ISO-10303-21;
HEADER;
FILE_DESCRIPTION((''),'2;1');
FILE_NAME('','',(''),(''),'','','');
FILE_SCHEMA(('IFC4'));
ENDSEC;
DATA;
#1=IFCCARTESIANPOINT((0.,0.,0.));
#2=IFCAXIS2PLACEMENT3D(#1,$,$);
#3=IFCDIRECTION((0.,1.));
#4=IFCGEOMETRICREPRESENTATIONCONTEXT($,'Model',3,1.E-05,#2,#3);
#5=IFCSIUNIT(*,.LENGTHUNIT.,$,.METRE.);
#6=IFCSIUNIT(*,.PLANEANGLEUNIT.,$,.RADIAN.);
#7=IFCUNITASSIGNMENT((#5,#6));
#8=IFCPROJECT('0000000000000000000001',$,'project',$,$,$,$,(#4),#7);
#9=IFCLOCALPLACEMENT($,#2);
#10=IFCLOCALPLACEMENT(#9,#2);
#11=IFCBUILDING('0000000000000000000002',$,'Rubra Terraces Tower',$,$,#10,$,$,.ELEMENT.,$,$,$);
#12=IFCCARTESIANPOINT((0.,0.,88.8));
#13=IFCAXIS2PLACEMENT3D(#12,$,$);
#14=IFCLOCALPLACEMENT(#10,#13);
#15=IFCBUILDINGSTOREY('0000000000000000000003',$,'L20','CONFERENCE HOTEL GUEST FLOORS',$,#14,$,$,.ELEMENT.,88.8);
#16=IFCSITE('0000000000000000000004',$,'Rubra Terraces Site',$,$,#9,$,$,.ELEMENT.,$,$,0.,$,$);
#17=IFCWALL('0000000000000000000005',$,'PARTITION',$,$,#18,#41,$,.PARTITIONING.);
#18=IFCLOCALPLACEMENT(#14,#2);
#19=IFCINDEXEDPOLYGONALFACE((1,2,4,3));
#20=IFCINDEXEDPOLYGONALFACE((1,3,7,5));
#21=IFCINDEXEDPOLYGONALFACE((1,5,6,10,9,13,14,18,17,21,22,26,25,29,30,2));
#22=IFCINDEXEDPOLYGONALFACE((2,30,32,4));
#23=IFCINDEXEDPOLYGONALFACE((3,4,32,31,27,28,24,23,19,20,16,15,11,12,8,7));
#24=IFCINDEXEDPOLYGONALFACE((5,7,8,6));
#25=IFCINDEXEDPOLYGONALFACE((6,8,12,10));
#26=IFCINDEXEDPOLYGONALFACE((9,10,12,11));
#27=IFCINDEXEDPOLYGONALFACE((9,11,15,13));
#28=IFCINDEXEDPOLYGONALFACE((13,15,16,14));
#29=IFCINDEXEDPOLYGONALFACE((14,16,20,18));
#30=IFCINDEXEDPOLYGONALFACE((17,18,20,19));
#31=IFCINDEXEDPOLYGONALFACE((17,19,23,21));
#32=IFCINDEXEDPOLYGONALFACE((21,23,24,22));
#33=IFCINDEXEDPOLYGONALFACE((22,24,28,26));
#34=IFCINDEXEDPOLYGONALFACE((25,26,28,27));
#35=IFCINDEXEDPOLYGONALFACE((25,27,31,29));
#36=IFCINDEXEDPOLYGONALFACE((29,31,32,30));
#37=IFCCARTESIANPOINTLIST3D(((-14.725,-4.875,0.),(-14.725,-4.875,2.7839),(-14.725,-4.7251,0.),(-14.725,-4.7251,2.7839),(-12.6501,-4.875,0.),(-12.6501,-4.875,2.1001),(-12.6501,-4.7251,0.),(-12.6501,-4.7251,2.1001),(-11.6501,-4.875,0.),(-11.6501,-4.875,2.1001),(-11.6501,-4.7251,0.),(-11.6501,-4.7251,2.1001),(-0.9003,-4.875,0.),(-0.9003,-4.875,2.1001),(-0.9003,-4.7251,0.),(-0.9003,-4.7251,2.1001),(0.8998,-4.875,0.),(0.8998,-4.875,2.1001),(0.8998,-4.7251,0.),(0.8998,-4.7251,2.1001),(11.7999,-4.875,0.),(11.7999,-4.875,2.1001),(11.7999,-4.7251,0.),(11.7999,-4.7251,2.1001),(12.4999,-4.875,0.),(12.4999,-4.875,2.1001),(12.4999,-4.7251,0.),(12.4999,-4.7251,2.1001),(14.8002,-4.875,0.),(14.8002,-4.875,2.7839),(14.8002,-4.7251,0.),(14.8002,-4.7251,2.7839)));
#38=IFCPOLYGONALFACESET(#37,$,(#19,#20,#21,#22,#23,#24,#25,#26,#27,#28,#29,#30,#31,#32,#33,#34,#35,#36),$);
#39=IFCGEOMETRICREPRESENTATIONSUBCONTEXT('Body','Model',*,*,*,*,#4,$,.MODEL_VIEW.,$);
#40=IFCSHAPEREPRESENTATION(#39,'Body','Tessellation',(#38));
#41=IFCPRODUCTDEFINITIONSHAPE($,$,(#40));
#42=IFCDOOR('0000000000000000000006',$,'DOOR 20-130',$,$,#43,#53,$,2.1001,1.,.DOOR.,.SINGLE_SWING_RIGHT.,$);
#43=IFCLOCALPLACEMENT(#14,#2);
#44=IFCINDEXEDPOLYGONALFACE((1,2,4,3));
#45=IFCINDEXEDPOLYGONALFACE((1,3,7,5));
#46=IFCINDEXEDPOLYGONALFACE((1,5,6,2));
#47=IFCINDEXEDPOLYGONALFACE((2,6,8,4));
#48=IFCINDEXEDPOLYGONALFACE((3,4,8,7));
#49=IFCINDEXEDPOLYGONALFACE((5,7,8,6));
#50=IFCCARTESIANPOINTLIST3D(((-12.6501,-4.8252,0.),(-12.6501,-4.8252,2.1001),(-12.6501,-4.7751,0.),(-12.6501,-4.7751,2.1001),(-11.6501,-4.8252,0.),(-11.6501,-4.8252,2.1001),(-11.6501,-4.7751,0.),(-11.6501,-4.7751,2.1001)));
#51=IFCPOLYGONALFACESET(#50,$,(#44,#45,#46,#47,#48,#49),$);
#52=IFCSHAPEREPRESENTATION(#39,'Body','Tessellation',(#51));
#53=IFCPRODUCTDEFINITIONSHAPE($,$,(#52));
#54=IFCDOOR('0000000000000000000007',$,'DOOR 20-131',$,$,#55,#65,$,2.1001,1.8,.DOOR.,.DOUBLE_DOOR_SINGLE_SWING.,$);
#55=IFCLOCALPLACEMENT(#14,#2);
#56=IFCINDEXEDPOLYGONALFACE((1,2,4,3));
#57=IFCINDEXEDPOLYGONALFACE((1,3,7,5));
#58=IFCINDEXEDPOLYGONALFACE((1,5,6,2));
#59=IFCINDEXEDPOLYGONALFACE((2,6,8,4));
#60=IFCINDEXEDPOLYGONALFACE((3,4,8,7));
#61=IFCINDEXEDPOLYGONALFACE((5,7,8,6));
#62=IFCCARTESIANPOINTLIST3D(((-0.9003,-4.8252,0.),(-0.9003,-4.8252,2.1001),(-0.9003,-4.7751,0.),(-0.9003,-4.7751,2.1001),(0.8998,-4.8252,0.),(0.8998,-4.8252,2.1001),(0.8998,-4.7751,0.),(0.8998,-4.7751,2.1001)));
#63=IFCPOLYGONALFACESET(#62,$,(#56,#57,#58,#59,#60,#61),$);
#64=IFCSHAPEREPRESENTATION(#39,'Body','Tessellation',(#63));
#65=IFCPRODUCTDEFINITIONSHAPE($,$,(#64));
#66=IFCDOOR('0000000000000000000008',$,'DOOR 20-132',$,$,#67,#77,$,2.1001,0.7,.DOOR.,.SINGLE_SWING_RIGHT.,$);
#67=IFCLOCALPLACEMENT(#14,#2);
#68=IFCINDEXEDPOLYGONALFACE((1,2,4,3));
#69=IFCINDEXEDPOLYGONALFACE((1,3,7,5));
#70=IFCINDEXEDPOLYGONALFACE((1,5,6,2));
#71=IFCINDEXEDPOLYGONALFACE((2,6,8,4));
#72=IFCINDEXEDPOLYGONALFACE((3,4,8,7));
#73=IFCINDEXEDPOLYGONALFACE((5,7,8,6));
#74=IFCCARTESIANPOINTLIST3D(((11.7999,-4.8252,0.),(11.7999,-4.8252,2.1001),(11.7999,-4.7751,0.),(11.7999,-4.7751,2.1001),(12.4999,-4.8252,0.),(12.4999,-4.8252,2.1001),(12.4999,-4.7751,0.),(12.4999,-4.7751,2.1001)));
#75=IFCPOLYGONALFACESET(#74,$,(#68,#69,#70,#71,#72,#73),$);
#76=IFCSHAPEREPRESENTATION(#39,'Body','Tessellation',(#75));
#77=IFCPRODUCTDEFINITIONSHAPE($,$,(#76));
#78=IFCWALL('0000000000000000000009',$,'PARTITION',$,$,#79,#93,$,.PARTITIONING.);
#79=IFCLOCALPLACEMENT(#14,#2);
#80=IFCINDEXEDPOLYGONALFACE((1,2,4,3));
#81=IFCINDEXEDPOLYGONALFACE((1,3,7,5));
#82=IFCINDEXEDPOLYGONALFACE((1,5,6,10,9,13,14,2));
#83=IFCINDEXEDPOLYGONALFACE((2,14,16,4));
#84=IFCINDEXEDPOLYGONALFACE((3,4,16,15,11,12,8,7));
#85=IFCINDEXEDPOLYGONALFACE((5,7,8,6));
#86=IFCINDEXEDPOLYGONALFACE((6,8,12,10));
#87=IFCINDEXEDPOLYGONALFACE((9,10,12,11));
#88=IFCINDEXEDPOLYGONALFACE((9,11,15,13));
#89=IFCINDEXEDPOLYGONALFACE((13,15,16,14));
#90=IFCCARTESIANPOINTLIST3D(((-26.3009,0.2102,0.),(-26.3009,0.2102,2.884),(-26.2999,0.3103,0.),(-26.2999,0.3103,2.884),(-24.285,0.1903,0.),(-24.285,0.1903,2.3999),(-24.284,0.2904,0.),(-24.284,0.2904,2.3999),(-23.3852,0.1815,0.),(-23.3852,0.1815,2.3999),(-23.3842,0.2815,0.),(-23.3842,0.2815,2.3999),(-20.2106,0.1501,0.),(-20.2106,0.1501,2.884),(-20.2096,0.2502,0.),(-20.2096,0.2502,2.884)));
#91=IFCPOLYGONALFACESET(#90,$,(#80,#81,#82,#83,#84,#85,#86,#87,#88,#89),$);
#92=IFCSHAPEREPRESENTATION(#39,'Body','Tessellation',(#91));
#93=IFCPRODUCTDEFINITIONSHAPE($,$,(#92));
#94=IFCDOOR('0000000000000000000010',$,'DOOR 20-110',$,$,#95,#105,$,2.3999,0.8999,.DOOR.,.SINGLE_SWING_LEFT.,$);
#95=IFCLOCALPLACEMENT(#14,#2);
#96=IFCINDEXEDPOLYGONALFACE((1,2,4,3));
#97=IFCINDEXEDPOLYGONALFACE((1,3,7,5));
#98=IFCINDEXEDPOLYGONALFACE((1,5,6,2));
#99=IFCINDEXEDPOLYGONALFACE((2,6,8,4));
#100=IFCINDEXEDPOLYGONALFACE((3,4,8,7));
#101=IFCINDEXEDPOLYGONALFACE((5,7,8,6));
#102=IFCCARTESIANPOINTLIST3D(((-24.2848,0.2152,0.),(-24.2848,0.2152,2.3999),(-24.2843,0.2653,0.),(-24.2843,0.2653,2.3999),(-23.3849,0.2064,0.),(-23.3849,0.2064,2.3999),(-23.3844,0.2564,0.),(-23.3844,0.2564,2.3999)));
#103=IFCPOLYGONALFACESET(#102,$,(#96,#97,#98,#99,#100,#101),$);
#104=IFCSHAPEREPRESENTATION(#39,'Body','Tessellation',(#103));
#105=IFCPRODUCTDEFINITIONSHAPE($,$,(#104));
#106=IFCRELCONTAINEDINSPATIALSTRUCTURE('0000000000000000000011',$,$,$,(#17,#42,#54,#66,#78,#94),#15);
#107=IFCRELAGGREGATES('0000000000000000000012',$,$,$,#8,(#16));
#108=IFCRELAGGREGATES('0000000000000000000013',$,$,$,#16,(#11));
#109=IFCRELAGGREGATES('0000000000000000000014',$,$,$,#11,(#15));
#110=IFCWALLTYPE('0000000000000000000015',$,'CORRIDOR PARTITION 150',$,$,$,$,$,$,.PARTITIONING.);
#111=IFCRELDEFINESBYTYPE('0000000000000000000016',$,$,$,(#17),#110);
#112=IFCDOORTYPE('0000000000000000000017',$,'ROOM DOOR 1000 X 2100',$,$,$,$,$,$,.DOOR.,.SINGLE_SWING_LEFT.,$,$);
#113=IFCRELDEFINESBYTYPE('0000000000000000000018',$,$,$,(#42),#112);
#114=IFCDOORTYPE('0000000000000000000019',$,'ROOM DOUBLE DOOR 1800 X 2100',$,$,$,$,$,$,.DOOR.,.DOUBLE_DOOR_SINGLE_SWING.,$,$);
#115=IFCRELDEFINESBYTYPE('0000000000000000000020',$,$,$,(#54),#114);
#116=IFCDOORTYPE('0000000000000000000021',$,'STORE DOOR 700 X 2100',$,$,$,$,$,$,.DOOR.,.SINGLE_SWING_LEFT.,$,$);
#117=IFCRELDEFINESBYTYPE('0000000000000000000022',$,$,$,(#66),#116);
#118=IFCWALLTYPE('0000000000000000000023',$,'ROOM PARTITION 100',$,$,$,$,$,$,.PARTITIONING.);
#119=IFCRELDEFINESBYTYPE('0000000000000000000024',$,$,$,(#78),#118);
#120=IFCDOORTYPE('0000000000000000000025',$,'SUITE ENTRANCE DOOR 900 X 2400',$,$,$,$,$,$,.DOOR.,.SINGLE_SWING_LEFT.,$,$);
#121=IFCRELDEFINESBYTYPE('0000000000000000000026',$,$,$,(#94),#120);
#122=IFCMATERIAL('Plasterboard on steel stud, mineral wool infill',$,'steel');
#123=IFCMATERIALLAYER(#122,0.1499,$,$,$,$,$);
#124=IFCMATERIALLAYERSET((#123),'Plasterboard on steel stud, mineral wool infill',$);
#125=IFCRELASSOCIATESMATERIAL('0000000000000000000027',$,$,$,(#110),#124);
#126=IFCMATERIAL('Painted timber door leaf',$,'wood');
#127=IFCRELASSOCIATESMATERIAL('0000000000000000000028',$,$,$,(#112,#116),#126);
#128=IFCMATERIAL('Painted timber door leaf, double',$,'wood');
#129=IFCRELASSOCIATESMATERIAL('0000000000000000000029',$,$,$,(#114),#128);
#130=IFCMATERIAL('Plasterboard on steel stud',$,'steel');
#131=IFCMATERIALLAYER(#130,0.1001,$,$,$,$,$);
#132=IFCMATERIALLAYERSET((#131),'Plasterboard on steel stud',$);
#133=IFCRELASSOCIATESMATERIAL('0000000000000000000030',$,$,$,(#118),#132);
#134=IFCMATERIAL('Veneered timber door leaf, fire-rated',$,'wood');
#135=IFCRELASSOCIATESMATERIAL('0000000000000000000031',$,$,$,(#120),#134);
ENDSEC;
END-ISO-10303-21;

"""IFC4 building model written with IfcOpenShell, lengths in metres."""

from ifc_helpers import new_model, si_unit, direction, frame, frame_2d, origin, place, context, subcontext, project, spatial, rectangle, extrude, material, layer, layer_set, type_object, element, fill, save


model = new_model("IFC4")

# Units and contexts
model_context = context("Model", 3, precision=1e-05, world=origin(), true_north=direction((0.0, 1.0)))
body_context = subcontext(model_context, "Body", "Model", "MODEL_VIEW")
ifc_project = project(units=[si_unit("LENGTHUNIT", "METRE"), si_unit("PLANEANGLEUNIT", "RADIAN")], contexts=[model_context])

# Site, building, storey
site_placement = place(None, origin())
site = spatial("IfcSite", under=ifc_project, at=site_placement, Name="Rubra Terraces Site", CompositionType="ELEMENT", RefElevation=0.0)
building_placement = place(site_placement, origin())
building = spatial("IfcBuilding", under=site, at=building_placement, Name="Rubra Terraces Tower", CompositionType="ELEMENT")
storey_placement = place(building_placement, frame((0.0, 0.0, 88.8)))
storey = spatial("IfcBuildingStorey", under=building, at=storey_placement, Name="L20", Description="CONFERENCE HOTEL GUEST FLOORS", CompositionType="ELEMENT", Elevation=88.8)

# Shared definitions
ifc_material_1 = material(Name="Plasterboard on steel stud, mineral wool infill", Category="steel")
ifc_layer_1 = layer(ifc_material_1, 0.1499)
ifc_layer_set_1 = layer_set([ifc_layer_1], Name="Plasterboard on steel stud, mineral wool infill")
wall_type_1 = type_object("IfcWallType", Name="CORRIDOR PARTITION 150", PredefinedType="PARTITIONING", material=ifc_layer_set_1)
ifc_material_2 = material(Name="Painted timber door leaf", Category="wood")
door_type_1 = type_object("IfcDoorType", Name="ROOM DOOR 1000 X 2100", OperationType="SINGLE_SWING_LEFT", PredefinedType="DOOR", material=ifc_material_2)

# Wall, openings, doors
wall_1_placement = place(storey_placement, frame((-14.7251, -4.8, 0.0), z_axis=(0.0, 0.0, 1.0), x_axis=(1.0, 0.0, 0.0)))
wall_1 = element("IfcWall", 1, at=wall_1_placement, inside=storey, type_object=wall_type_1, Name="PARTITION", PredefinedType="PARTITIONING", context=body_context, shape_type="SweptSolid", body=[
    extrude(rectangle(XDim=29.5251, YDim=0.1499, at=frame_2d((14.7627, 0.0))), origin(), (0.0, 0.0, 1.0), 2.7839),
])
opening_1_placement = place(wall_1_placement, frame((2.075, 0.0, 0.0)))
opening_1 = element("IfcOpeningElement", 2, at=opening_1_placement, cuts=wall_1, PredefinedType="OPENING", context=body_context, shape_type="SweptSolid", body=[
    extrude(rectangle(XDim=1.0, YDim=2.1001, at=frame_2d((0.5, 1.05))), frame((0.0, 0.085, 0.0), z_axis=(0.0, -1.0, 0.0), x_axis=(1.0, 0.0, 0.0)), (0.0, 0.0, 1.0), 0.1699),
])
opening_2_placement = place(wall_1_placement, frame((13.825, 0.0, 0.0)))
opening_2 = element("IfcOpeningElement", 3, at=opening_2_placement, cuts=wall_1, PredefinedType="OPENING", context=body_context, shape_type="SweptSolid", body=[
    extrude(rectangle(XDim=1.8, YDim=2.1001, at=frame_2d((0.8999, 1.05))), frame((0.0, 0.085, 0.0), z_axis=(0.0, -1.0, 0.0), x_axis=(1.0, 0.0, 0.0)), (0.0, 0.0, 1.0), 0.1699),
])
opening_3_placement = place(wall_1_placement, frame((26.5249, 0.0, 0.0)))
opening_3 = element("IfcOpeningElement", 4, at=opening_3_placement, cuts=wall_1, PredefinedType="OPENING", context=body_context, shape_type="SweptSolid", body=[
    extrude(rectangle(XDim=0.7, YDim=2.1001, at=frame_2d((0.3501, 1.05))), frame((0.0, 0.085, 0.0), z_axis=(0.0, -1.0, 0.0), x_axis=(1.0, 0.0, 0.0)), (0.0, 0.0, 1.0), 0.1699),
])
door_1_placement = place(opening_1_placement, origin())
door_1 = element("IfcDoor", 5, at=door_1_placement, inside=storey, type_object=door_type_1, Name="DOOR 20-130", OperationType="SINGLE_SWING_RIGHT", OverallHeight=2.1001, OverallWidth=1.0, PredefinedType="DOOR", context=body_context, shape_type="SweptSolid", body=[
    extrude(rectangle(XDim=1.0, YDim=2.1001, at=frame_2d((0.5, 1.05))), frame((0.0, 0.0249, 0.0), z_axis=(0.0, -1.0, 0.0), x_axis=(1.0, 0.0, 0.0)), (0.0, 0.0, 1.0), 0.05),
])
fill(opening_1, door_1)
ifc_material_3 = material(Name="Painted timber door leaf, double", Category="wood")
door_type_2 = type_object("IfcDoorType", Name="ROOM DOUBLE DOOR 1800 X 2100", OperationType="DOUBLE_DOOR_SINGLE_SWING", PredefinedType="DOOR", material=ifc_material_3)
door_2_placement = place(opening_2_placement, origin())
door_2 = element("IfcDoor", 6, at=door_2_placement, inside=storey, type_object=door_type_2, Name="DOOR 20-131", OperationType="DOUBLE_DOOR_SINGLE_SWING", OverallHeight=2.1001, OverallWidth=1.8, PredefinedType="DOOR", context=body_context, shape_type="SweptSolid", body=[
    extrude(rectangle(XDim=1.8, YDim=2.1001, at=frame_2d((0.8999, 1.05))), frame((0.0, 0.0249, 0.0), z_axis=(0.0, -1.0, 0.0), x_axis=(1.0, 0.0, 0.0)), (0.0, 0.0, 1.0), 0.05),
])
fill(opening_2, door_2)
door_type_3 = type_object("IfcDoorType", Name="STORE DOOR 700 X 2100", OperationType="SINGLE_SWING_LEFT", PredefinedType="DOOR", material=ifc_material_2)
door_3_placement = place(opening_3_placement, origin())
door_3 = element("IfcDoor", 7, at=door_3_placement, inside=storey, type_object=door_type_3, Name="DOOR 20-132", OperationType="SINGLE_SWING_RIGHT", OverallHeight=2.1001, OverallWidth=0.7, PredefinedType="DOOR", context=body_context, shape_type="SweptSolid", body=[
    extrude(rectangle(XDim=0.7, YDim=2.1001, at=frame_2d((0.3501, 1.05))), frame((0.0, 0.0249, 0.0), z_axis=(0.0, -1.0, 0.0), x_axis=(1.0, 0.0, 0.0)), (0.0, 0.0, 1.0), 0.05),
])
fill(opening_3, door_3)

# Wall, opening, door
ifc_material_4 = material(Name="Plasterboard on steel stud", Category="steel")
ifc_layer_2 = layer(ifc_material_4, 0.1001)
ifc_layer_set_2 = layer_set([ifc_layer_2], Name="Plasterboard on steel stud")
wall_type_2 = type_object("IfcWallType", Name="ROOM PARTITION 100", PredefinedType="PARTITIONING", material=ifc_layer_set_2)
wall_2_placement = place(storey_placement, frame((-26.3005, 0.2603, 0.0), z_axis=(0.0, 0.0, 1.0), x_axis=(0.999951, -0.009861, 0.0)))
wall_2 = element("IfcWall", 8, at=wall_2_placement, inside=storey, type_object=wall_type_2, Name="PARTITION", PredefinedType="PARTITIONING", context=body_context, shape_type="SweptSolid", body=[
    extrude(rectangle(XDim=6.0906, YDim=0.1001, at=frame_2d((3.0454, 0.0))), origin(), (0.0, 0.0, 1.0), 2.884),
])
opening_4_placement = place(wall_2_placement, frame((2.0161, 0.0, 0.0)))
opening_4 = element("IfcOpeningElement", 9, at=opening_4_placement, cuts=wall_2, PredefinedType="OPENING", context=body_context, shape_type="SweptSolid", body=[
    extrude(rectangle(XDim=0.8999, YDim=2.3999, at=frame_2d((0.45, 1.2))), frame((0.0, 0.0601, 0.0), z_axis=(0.0, -1.0, 0.0), x_axis=(1.0, 0.0, 0.0)), (0.0, 0.0, 1.0), 0.1201),
])
ifc_material_5 = material(Name="Veneered timber door leaf, fire-rated", Category="wood")
door_type_4 = type_object("IfcDoorType", Name="SUITE ENTRANCE DOOR 900 X 2400", OperationType="SINGLE_SWING_LEFT", PredefinedType="DOOR", material=ifc_material_5)
door_4_placement = place(opening_4_placement, origin())
door_4 = element("IfcDoor", 10, at=door_4_placement, inside=storey, type_object=door_type_4, Name="DOOR 20-110", OperationType="SINGLE_SWING_LEFT", OverallHeight=2.3999, OverallWidth=0.8999, PredefinedType="DOOR", context=body_context, shape_type="SweptSolid", body=[
    extrude(rectangle(XDim=0.8999, YDim=2.3999, at=frame_2d((0.45, 1.2))), frame((0.0, 0.0249, 0.0), z_axis=(0.0, -1.0, 0.0), x_axis=(1.0, 0.0, 0.0)), (0.0, 0.0, 1.0), 0.05),
])
fill(opening_4, door_4)

save(model, "model.ifc")
